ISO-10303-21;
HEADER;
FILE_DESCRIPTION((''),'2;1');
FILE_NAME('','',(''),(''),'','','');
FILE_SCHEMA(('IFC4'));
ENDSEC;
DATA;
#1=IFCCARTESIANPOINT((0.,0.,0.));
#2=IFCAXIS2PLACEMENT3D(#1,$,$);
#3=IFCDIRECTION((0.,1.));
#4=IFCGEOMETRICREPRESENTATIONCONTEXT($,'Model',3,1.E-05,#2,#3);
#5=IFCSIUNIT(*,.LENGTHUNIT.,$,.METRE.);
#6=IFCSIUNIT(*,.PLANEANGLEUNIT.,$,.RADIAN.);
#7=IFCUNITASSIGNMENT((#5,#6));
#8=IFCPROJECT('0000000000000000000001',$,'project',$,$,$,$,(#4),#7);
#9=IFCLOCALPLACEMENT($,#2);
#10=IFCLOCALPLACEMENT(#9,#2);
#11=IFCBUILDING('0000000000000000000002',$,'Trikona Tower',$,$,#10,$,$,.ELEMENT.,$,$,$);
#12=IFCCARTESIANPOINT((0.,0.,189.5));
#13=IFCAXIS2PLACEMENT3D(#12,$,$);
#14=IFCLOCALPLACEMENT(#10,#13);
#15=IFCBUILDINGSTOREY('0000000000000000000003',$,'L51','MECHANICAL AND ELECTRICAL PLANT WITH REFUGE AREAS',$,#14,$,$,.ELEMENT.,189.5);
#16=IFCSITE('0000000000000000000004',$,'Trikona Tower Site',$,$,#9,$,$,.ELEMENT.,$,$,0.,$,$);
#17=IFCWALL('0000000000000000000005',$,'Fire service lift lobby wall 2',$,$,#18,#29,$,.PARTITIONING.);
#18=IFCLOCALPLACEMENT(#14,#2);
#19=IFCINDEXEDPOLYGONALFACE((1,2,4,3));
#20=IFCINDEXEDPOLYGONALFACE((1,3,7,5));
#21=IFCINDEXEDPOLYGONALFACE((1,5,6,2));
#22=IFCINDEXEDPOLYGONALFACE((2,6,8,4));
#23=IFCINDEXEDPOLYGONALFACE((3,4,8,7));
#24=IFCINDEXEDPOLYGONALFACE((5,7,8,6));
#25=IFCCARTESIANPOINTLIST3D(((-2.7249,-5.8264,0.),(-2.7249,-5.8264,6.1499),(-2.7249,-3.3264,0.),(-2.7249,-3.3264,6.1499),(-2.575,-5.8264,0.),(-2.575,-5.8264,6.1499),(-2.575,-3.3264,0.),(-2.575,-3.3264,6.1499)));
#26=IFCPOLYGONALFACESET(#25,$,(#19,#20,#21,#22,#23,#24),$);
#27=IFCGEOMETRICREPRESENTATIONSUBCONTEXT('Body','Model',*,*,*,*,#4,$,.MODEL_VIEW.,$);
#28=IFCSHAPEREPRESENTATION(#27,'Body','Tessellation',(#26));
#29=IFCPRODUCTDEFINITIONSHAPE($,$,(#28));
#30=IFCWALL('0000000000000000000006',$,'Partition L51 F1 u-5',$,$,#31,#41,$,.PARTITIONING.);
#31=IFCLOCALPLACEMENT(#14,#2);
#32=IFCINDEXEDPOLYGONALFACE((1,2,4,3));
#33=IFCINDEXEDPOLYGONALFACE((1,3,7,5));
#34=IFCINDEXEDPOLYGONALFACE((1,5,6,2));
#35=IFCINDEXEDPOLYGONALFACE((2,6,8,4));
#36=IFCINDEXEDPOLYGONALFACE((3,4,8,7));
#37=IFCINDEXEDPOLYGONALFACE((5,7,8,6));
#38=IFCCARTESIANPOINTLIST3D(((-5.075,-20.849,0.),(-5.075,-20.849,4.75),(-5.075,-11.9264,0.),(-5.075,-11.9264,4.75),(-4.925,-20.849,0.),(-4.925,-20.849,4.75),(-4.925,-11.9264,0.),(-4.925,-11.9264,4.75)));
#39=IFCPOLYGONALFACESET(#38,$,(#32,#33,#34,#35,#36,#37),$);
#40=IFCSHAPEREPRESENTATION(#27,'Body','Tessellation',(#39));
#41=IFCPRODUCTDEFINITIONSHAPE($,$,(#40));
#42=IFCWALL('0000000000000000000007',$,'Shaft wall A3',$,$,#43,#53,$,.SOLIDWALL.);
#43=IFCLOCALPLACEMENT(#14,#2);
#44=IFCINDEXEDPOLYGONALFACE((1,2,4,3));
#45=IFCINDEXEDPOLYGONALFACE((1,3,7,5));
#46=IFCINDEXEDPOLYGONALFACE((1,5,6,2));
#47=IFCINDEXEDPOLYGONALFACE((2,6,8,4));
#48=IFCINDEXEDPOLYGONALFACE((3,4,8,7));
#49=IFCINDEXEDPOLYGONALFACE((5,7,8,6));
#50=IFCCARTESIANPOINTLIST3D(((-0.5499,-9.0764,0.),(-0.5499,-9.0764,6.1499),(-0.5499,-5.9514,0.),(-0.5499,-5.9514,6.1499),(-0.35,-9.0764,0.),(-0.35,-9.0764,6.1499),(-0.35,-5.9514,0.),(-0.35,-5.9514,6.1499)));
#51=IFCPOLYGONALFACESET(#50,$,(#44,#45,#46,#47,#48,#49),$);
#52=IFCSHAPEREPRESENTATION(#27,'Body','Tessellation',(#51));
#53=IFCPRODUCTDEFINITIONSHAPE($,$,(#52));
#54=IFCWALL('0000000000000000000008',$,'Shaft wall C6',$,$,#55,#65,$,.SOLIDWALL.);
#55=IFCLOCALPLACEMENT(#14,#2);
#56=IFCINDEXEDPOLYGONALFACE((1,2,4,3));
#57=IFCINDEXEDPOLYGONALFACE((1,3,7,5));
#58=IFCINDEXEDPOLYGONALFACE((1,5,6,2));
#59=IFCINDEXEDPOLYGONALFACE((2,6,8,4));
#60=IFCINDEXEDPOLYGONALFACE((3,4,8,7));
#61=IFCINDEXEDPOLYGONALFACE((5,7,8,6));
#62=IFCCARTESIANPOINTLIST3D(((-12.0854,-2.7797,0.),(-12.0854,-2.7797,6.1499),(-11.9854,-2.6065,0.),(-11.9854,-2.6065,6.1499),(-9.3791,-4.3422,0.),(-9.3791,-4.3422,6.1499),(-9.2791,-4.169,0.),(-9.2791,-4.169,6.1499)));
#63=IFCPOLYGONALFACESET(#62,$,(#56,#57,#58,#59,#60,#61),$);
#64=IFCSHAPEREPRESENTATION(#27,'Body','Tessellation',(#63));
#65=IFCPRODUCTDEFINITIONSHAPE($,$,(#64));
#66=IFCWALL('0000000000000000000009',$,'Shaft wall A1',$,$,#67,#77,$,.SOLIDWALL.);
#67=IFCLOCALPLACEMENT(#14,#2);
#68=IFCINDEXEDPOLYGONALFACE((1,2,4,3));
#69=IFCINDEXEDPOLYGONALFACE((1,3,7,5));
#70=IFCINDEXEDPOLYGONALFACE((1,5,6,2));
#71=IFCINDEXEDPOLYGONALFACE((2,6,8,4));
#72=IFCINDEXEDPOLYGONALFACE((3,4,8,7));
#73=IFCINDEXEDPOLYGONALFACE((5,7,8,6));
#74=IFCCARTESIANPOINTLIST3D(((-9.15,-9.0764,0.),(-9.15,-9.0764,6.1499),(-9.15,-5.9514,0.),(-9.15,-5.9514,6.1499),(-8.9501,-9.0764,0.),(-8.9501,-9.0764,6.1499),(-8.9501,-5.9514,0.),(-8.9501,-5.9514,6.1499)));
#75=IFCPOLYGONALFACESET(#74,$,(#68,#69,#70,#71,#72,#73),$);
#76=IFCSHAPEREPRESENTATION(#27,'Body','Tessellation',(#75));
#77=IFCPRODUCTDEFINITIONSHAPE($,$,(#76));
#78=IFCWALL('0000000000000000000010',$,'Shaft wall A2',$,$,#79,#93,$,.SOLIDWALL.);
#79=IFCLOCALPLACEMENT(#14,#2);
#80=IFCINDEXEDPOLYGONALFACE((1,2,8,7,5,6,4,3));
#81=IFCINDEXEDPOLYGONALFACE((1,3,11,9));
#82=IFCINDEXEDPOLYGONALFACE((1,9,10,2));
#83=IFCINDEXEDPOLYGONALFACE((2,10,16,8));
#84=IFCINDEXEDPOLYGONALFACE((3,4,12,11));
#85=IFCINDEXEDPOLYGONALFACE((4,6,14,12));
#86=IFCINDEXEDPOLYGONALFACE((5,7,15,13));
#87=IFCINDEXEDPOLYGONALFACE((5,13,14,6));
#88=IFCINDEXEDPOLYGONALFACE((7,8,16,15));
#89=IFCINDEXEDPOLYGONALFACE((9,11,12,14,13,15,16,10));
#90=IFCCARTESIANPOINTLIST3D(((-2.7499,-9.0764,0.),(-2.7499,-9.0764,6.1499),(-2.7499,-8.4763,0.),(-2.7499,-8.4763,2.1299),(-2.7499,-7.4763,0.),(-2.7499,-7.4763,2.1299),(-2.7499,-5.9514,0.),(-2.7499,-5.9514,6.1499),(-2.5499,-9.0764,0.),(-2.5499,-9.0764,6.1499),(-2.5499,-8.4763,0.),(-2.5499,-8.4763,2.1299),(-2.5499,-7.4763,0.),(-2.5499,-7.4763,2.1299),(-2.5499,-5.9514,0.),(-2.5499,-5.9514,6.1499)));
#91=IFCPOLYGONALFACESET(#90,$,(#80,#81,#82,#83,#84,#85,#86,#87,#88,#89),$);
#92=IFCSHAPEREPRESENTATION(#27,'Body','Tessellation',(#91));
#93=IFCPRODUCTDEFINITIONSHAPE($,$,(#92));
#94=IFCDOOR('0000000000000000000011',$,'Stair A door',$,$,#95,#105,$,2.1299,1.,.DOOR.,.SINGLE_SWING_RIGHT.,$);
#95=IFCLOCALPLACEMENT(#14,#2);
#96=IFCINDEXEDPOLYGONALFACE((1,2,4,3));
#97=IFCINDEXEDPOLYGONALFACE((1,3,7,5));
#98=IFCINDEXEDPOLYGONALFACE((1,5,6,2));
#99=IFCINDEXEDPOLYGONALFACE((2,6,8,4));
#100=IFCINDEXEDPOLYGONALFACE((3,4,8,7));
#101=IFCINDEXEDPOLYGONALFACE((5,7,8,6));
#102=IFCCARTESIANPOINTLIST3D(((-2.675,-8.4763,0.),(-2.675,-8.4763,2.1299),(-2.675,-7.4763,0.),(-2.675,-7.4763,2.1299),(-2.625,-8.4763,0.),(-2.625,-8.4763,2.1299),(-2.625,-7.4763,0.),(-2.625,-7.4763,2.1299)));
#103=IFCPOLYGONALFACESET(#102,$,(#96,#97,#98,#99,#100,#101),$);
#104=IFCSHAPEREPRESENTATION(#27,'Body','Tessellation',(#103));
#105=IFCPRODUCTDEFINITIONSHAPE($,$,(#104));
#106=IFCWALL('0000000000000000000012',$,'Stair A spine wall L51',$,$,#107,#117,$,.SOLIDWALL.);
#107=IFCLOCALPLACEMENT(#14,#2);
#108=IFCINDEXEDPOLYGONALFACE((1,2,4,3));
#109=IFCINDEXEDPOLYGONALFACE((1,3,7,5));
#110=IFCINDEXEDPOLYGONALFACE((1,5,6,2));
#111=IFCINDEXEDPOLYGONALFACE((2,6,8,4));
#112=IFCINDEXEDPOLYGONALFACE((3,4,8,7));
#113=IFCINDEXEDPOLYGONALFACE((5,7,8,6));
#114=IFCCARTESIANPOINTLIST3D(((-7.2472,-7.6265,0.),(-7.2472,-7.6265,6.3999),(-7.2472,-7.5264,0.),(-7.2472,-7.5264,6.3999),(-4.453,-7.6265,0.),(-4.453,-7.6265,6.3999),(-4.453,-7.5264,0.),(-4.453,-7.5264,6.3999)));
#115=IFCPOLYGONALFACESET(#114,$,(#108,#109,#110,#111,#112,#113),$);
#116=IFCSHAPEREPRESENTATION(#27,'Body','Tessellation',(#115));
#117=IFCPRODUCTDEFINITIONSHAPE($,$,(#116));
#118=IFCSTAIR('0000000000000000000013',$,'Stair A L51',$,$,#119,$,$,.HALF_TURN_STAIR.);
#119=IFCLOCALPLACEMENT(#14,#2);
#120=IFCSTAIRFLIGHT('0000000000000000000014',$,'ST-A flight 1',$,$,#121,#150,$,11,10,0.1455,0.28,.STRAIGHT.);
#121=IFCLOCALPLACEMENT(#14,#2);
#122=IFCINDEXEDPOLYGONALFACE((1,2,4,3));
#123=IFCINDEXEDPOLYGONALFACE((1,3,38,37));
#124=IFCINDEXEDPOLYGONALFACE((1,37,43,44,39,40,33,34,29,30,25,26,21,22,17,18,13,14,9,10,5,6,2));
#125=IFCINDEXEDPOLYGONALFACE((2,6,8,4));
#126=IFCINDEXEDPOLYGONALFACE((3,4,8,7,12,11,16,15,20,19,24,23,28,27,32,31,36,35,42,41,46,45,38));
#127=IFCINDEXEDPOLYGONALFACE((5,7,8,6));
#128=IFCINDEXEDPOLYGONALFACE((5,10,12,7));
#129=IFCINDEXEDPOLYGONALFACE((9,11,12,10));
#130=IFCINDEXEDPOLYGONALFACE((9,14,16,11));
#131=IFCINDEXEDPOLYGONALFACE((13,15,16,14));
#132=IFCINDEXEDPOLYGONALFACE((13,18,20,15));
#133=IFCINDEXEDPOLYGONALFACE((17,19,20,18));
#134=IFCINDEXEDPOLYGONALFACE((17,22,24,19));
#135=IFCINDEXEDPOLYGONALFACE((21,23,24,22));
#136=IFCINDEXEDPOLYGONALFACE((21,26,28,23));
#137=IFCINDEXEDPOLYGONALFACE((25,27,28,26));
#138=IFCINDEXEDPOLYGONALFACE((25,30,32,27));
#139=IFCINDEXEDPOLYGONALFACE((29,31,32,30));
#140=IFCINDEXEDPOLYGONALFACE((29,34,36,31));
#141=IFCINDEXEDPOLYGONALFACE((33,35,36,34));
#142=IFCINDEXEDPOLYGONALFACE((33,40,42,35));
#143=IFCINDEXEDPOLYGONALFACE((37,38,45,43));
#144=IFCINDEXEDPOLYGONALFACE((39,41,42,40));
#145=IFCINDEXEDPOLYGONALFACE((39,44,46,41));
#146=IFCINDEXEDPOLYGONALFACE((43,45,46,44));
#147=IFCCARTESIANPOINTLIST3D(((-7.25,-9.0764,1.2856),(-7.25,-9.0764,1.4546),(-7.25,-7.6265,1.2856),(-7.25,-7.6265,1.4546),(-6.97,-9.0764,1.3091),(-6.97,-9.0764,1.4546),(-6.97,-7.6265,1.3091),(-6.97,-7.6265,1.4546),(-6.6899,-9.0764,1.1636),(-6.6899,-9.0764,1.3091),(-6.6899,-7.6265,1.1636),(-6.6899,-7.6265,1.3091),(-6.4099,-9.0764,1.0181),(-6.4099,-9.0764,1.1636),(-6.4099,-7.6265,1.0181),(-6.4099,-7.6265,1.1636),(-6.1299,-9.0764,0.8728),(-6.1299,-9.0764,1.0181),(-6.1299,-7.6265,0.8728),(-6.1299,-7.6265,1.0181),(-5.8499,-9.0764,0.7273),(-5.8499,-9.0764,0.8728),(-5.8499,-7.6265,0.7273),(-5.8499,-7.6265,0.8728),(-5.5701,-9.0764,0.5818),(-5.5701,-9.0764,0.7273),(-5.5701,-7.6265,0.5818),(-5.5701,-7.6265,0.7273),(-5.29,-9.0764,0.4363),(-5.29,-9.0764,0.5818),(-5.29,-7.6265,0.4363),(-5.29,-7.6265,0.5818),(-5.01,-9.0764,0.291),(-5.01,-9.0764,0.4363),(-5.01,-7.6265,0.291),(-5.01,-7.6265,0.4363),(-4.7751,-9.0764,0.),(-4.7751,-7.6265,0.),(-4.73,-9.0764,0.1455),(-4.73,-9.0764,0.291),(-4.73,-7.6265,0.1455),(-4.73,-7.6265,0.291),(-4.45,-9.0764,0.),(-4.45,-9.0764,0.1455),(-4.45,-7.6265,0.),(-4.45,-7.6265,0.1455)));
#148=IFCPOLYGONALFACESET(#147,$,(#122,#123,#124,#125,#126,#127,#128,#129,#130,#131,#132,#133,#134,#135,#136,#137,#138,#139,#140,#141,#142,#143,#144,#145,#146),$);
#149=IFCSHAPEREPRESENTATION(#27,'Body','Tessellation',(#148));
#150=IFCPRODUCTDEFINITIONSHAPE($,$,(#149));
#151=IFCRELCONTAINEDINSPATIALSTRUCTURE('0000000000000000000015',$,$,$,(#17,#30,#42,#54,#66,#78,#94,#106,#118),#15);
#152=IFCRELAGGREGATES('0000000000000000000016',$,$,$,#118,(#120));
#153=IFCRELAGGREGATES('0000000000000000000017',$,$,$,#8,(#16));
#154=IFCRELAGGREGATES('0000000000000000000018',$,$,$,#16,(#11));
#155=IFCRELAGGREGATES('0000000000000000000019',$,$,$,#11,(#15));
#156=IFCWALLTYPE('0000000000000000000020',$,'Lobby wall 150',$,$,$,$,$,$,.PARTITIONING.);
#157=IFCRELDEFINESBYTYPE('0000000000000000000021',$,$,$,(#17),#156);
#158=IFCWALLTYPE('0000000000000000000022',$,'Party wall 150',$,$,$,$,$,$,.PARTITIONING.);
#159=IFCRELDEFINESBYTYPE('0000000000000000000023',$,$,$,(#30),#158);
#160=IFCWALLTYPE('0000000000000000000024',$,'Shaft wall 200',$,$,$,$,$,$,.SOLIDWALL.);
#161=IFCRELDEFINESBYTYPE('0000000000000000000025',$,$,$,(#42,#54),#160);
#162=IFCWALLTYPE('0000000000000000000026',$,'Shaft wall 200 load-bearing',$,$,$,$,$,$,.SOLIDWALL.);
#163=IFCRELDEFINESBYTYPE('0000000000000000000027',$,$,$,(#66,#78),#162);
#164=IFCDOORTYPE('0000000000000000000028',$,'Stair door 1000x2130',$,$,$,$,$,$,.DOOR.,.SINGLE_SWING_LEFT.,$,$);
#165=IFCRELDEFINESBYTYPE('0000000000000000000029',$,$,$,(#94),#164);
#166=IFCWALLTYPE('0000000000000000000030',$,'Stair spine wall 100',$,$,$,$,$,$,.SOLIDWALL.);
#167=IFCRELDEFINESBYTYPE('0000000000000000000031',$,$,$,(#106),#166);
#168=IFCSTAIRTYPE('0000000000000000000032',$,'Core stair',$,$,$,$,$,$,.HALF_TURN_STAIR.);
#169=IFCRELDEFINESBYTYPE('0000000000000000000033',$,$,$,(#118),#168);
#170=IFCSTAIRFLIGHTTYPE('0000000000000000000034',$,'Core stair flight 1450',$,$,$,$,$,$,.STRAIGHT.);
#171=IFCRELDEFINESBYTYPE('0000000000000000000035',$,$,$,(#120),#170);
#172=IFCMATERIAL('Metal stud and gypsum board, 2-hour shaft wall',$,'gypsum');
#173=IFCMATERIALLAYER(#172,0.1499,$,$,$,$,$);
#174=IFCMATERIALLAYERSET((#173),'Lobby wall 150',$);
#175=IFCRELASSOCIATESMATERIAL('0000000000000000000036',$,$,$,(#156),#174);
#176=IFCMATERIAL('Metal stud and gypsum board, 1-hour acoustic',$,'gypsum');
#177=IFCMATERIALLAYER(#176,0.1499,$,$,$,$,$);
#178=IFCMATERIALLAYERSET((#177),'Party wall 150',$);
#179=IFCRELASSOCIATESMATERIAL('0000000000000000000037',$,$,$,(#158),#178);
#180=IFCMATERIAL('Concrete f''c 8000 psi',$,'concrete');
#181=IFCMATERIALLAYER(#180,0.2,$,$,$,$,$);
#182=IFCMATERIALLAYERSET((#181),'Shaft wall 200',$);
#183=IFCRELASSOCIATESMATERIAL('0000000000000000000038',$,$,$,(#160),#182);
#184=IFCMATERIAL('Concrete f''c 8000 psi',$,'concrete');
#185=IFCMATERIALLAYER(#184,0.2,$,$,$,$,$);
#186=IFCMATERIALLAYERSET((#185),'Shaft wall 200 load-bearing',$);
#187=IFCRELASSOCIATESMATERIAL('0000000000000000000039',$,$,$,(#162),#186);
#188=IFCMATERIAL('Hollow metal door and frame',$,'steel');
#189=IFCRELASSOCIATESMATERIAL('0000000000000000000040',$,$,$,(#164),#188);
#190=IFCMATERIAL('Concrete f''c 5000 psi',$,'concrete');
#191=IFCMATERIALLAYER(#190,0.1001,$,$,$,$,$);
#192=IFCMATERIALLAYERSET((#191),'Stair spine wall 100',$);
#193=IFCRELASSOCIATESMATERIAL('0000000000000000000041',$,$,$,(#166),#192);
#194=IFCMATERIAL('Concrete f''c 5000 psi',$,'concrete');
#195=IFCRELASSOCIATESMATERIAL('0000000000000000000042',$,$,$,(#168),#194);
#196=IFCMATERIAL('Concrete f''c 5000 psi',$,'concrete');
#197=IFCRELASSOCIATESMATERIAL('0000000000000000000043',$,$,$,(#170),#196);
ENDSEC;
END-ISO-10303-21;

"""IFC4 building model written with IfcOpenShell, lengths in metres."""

from ifc_helpers import new_model, si_unit, direction, frame, frame_2d, origin, place, context, subcontext, project, spatial, polyline, rectangle, outline, extrude, material, layer, layer_set, type_object, element, fill, aggregate, save


model = new_model("IFC4")

# Units and contexts
model_context = context("Model", 3, precision=1e-05, world=origin(), true_north=direction((0.0, 1.0)))
body_context = subcontext(model_context, "Body", "Model", "MODEL_VIEW")
ifc_project = project(units=[si_unit("LENGTHUNIT", "METRE"), si_unit("PLANEANGLEUNIT", "RADIAN")], contexts=[model_context])

# Site, building, storey
site_placement = place(None, origin())
site = spatial("IfcSite", under=ifc_project, at=site_placement, Name="Trikona Tower Site", CompositionType="ELEMENT", RefElevation=0.0)
building_placement = place(site_placement, origin())
building = spatial("IfcBuilding", under=site, at=building_placement, Name="Trikona Tower", CompositionType="ELEMENT")
storey_placement = place(building_placement, frame((0.0, 0.0, 189.5)))
storey = spatial("IfcBuildingStorey", under=building, at=storey_placement, Name="L51", Description="MECHANICAL AND ELECTRICAL PLANT WITH REFUGE AREAS", CompositionType="ELEMENT", Elevation=189.5)

# Walls
ifc_material_1 = material(Name="Metal stud and gypsum board, 2-hour shaft wall", Category="gypsum")
ifc_layer_1 = layer(ifc_material_1, 0.1499)
ifc_layer_set_1 = layer_set([ifc_layer_1], Name="Lobby wall 150")
wall_type_1 = type_object("IfcWallType", Name="Lobby wall 150", PredefinedType="PARTITIONING", material=ifc_layer_set_1)
wall_1_placement = place(storey_placement, frame((-2.6499, -5.8264, 0.0), z_axis=(0.0, 0.0, 1.0), x_axis=(0.0, 1.0, 0.0)))
element("IfcWall", 1, at=wall_1_placement, inside=storey, type_object=wall_type_1, Name="Fire service lift lobby wall 2", PredefinedType="PARTITIONING", context=body_context, shape_type="SweptSolid", body=[
    extrude(rectangle(XDim=2.5, YDim=0.1499, at=frame_2d((1.25, 0.0))), origin(), (0.0, 0.0, 1.0), 6.1499),
])
ifc_material_2 = material(Name="Metal stud and gypsum board, 1-hour acoustic", Category="gypsum")
ifc_layer_2 = layer(ifc_material_2, 0.1499)
ifc_layer_set_2 = layer_set([ifc_layer_2], Name="Party wall 150")
wall_type_2 = type_object("IfcWallType", Name="Party wall 150", PredefinedType="PARTITIONING", material=ifc_layer_set_2)
wall_2_placement = place(storey_placement, frame((-5.0, -11.9263, 0.0), z_axis=(0.0, 0.0, 1.0), x_axis=(0.0, -1.0, 0.0)))
element("IfcWall", 2, at=wall_2_placement, inside=storey, type_object=wall_type_2, Name="Partition L51 F1 u-5", PredefinedType="PARTITIONING", context=body_context, shape_type="SweptSolid", body=[
    extrude(rectangle(XDim=8.9226, YDim=0.1499, at=frame_2d((4.4614, 0.0))), origin(), (0.0, 0.0, 1.0), 4.75),
])
ifc_material_3 = material(Name="Concrete f'c 8000 psi", Category="concrete")
ifc_layer_3 = layer(ifc_material_3, 0.2)
ifc_layer_set_3 = layer_set([ifc_layer_3], Name="Shaft wall 200")
wall_type_3 = type_object("IfcWallType", Name="Shaft wall 200", PredefinedType="SOLIDWALL", material=ifc_layer_set_3)
for number, where, z_axis, x_axis, name in (
    (3, (-0.45, -5.9514, 0.0), (0.0, 0.0, 1.0), (0.0, -1.0, 0.0), "Shaft wall A3"),
    (4, (-9.3291, -4.2556, 0.0), (0.0, 0.0, 1.0), (-0.866023, 0.500004, 0.0), "Shaft wall C6"),
):
    element("IfcWall", number, at=place(storey_placement, frame(where, z_axis=z_axis, x_axis=x_axis)), inside=storey, type_object=wall_type_3, Name=name, PredefinedType="SOLIDWALL", context=body_context, shape_type="SweptSolid", body=[
        extrude(rectangle(XDim=3.125, YDim=0.2, at=frame_2d((1.5625, 0.0))), origin(), (0.0, 0.0, 1.0), 6.1499),
    ])
ifc_material_4 = material(Name="Concrete f'c 8000 psi", Category="concrete")
ifc_layer_4 = layer(ifc_material_4, 0.2)
ifc_layer_set_4 = layer_set([ifc_layer_4], Name="Shaft wall 200 load-bearing")
wall_type_4 = type_object("IfcWallType", Name="Shaft wall 200 load-bearing", PredefinedType="SOLIDWALL", material=ifc_layer_set_4)
wall_3_placement = place(storey_placement, frame((-9.05, -5.9514, 0.0), z_axis=(0.0, 0.0, 1.0), x_axis=(0.0, -1.0, 0.0)))
element("IfcWall", 5, at=wall_3_placement, inside=storey, type_object=wall_type_4, Name="Shaft wall A1", PredefinedType="SOLIDWALL", context=body_context, shape_type="SweptSolid", body=[
    extrude(rectangle(XDim=3.125, YDim=0.2, at=frame_2d((1.5625, 0.0))), origin(), (0.0, 0.0, 1.0), 6.1499),
])

# Wall, opening, door
wall_4_placement = place(storey_placement, frame((-2.6499, -5.9514, 0.0), z_axis=(0.0, 0.0, 1.0), x_axis=(0.0, -1.0, 0.0)))
wall_4 = element("IfcWall", 6, at=wall_4_placement, inside=storey, type_object=wall_type_4, Name="Shaft wall A2", PredefinedType="SOLIDWALL", context=body_context, shape_type="SweptSolid", body=[
    extrude(rectangle(XDim=3.125, YDim=0.2, at=frame_2d((1.5625, 0.0))), origin(), (0.0, 0.0, 1.0), 6.1499),
])
opening_1_placement = place(wall_4_placement, frame((1.5249, 0.0, 0.0)))
opening_1 = element("IfcOpeningElement", 7, at=opening_1_placement, cuts=wall_4, PredefinedType="OPENING", context=body_context, shape_type="SweptSolid", body=[
    extrude(rectangle(XDim=1.0, YDim=2.1299, at=frame_2d((0.5, 1.0649))), frame((0.0, 0.1099, 0.0), z_axis=(0.0, -1.0, 0.0), x_axis=(1.0, 0.0, 0.0)), (0.0, 0.0, 1.0), 0.22),
])
ifc_material_5 = material(Name="Hollow metal door and frame", Category="steel")
door_type_1 = type_object("IfcDoorType", Name="Stair door 1000x2130", OperationType="SINGLE_SWING_LEFT", PredefinedType="DOOR", material=ifc_material_5)
door_1_placement = place(opening_1_placement, origin())
door_1 = element("IfcDoor", 8, at=door_1_placement, inside=storey, type_object=door_type_1, Name="Stair A door", OperationType="SINGLE_SWING_RIGHT", OverallHeight=2.1299, OverallWidth=1.0, PredefinedType="DOOR", context=body_context, shape_type="SweptSolid", body=[
    extrude(rectangle(XDim=1.0, YDim=2.1299, at=frame_2d((0.5, 1.0649))), frame((0.0, 0.0249, 0.0), z_axis=(0.0, -1.0, 0.0), x_axis=(1.0, 0.0, 0.0)), (0.0, 0.0, 1.0), 0.05),
])
fill(opening_1, door_1)

# Wall
ifc_material_6 = material(Name="Concrete f'c 5000 psi", Category="concrete")
ifc_layer_5 = layer(ifc_material_6, 0.1001)
ifc_layer_set_5 = layer_set([ifc_layer_5], Name="Stair spine wall 100")
wall_type_5 = type_object("IfcWallType", Name="Stair spine wall 100", PredefinedType="SOLIDWALL", material=ifc_layer_set_5)
wall_5_placement = place(storey_placement, frame((-7.2471, -7.5764, 0.0), z_axis=(0.0, 0.0, 1.0), x_axis=(1.0, 0.0, 0.0)))
element("IfcWall", 9, at=wall_5_placement, inside=storey, type_object=wall_type_5, Name="Stair A spine wall L51", PredefinedType="SOLIDWALL", context=body_context, shape_type="SweptSolid", body=[
    extrude(rectangle(XDim=2.7942, YDim=0.1001, at=frame_2d((1.397, 0.0))), origin(), (0.0, 0.0, 1.0), 6.3999),
])

# Stair, stair flight
ifc_material_7 = material(Name="Concrete f'c 5000 psi", Category="concrete")
stair_type = type_object("IfcStairType", Name="Core stair", PredefinedType="HALF_TURN_STAIR", material=ifc_material_7)
stair_placement = place(storey_placement, origin())
stair = element("IfcStair", 10, at=stair_placement, inside=storey, type_object=stair_type, Name="Stair A L51", PredefinedType="HALF_TURN_STAIR")
ifc_material_8 = material(Name="Concrete f'c 5000 psi", Category="concrete")
stair_flight_type = type_object("IfcStairFlightType", Name="Core stair flight 1450", PredefinedType="STRAIGHT", material=ifc_material_8)
stair_flight_1_placement = place(storey_placement, frame((-4.45, -8.3513, 0.0), z_axis=(0.0, 0.0, 1.0), x_axis=(-1.0, 0.0, 0.0)))
stair_flight_1 = element("IfcStairFlight", 11, at=stair_flight_1_placement, type_object=stair_flight_type, Name="ST-A flight 1", NumberOfRisers=11, NumberOfTreads=10, PredefinedType="STRAIGHT", RiserHeight=0.1455, TreadLength=0.28, context=body_context, shape_type="SweptSolid", body=[
    extrude(outline(polyline([(0.0, 0.0), (0.0, 0.1455), (0.28, 0.1455), (0.28, 0.291), (0.5601, 0.291), (0.5601, 0.4363), (0.8401, 0.4363), (0.8401, 0.5818), (1.1201, 0.5818), (1.1201, 0.7273), (1.3999, 0.7273), (1.3999, 0.8728), (1.6799, 0.8728), (1.6799, 1.0181), (1.96, 1.0181), (1.96, 1.1636), (2.24, 1.1636), (2.24, 1.3091), (2.52, 1.3091), (2.52, 1.4546), (2.8, 1.4546), (2.8, 1.6001), (2.8, 1.2856), (0.3252, 0.0), (0.0, 0.0)])), frame((0.0, 0.7251, 0.0), z_axis=(0.0, -1.0, 0.0), x_axis=(1.0, 0.0, 0.0)), (0.0, 0.0, 1.0), 1.45),
])
aggregate(stair, [stair_flight_1])

save(model, "model.ifc")
